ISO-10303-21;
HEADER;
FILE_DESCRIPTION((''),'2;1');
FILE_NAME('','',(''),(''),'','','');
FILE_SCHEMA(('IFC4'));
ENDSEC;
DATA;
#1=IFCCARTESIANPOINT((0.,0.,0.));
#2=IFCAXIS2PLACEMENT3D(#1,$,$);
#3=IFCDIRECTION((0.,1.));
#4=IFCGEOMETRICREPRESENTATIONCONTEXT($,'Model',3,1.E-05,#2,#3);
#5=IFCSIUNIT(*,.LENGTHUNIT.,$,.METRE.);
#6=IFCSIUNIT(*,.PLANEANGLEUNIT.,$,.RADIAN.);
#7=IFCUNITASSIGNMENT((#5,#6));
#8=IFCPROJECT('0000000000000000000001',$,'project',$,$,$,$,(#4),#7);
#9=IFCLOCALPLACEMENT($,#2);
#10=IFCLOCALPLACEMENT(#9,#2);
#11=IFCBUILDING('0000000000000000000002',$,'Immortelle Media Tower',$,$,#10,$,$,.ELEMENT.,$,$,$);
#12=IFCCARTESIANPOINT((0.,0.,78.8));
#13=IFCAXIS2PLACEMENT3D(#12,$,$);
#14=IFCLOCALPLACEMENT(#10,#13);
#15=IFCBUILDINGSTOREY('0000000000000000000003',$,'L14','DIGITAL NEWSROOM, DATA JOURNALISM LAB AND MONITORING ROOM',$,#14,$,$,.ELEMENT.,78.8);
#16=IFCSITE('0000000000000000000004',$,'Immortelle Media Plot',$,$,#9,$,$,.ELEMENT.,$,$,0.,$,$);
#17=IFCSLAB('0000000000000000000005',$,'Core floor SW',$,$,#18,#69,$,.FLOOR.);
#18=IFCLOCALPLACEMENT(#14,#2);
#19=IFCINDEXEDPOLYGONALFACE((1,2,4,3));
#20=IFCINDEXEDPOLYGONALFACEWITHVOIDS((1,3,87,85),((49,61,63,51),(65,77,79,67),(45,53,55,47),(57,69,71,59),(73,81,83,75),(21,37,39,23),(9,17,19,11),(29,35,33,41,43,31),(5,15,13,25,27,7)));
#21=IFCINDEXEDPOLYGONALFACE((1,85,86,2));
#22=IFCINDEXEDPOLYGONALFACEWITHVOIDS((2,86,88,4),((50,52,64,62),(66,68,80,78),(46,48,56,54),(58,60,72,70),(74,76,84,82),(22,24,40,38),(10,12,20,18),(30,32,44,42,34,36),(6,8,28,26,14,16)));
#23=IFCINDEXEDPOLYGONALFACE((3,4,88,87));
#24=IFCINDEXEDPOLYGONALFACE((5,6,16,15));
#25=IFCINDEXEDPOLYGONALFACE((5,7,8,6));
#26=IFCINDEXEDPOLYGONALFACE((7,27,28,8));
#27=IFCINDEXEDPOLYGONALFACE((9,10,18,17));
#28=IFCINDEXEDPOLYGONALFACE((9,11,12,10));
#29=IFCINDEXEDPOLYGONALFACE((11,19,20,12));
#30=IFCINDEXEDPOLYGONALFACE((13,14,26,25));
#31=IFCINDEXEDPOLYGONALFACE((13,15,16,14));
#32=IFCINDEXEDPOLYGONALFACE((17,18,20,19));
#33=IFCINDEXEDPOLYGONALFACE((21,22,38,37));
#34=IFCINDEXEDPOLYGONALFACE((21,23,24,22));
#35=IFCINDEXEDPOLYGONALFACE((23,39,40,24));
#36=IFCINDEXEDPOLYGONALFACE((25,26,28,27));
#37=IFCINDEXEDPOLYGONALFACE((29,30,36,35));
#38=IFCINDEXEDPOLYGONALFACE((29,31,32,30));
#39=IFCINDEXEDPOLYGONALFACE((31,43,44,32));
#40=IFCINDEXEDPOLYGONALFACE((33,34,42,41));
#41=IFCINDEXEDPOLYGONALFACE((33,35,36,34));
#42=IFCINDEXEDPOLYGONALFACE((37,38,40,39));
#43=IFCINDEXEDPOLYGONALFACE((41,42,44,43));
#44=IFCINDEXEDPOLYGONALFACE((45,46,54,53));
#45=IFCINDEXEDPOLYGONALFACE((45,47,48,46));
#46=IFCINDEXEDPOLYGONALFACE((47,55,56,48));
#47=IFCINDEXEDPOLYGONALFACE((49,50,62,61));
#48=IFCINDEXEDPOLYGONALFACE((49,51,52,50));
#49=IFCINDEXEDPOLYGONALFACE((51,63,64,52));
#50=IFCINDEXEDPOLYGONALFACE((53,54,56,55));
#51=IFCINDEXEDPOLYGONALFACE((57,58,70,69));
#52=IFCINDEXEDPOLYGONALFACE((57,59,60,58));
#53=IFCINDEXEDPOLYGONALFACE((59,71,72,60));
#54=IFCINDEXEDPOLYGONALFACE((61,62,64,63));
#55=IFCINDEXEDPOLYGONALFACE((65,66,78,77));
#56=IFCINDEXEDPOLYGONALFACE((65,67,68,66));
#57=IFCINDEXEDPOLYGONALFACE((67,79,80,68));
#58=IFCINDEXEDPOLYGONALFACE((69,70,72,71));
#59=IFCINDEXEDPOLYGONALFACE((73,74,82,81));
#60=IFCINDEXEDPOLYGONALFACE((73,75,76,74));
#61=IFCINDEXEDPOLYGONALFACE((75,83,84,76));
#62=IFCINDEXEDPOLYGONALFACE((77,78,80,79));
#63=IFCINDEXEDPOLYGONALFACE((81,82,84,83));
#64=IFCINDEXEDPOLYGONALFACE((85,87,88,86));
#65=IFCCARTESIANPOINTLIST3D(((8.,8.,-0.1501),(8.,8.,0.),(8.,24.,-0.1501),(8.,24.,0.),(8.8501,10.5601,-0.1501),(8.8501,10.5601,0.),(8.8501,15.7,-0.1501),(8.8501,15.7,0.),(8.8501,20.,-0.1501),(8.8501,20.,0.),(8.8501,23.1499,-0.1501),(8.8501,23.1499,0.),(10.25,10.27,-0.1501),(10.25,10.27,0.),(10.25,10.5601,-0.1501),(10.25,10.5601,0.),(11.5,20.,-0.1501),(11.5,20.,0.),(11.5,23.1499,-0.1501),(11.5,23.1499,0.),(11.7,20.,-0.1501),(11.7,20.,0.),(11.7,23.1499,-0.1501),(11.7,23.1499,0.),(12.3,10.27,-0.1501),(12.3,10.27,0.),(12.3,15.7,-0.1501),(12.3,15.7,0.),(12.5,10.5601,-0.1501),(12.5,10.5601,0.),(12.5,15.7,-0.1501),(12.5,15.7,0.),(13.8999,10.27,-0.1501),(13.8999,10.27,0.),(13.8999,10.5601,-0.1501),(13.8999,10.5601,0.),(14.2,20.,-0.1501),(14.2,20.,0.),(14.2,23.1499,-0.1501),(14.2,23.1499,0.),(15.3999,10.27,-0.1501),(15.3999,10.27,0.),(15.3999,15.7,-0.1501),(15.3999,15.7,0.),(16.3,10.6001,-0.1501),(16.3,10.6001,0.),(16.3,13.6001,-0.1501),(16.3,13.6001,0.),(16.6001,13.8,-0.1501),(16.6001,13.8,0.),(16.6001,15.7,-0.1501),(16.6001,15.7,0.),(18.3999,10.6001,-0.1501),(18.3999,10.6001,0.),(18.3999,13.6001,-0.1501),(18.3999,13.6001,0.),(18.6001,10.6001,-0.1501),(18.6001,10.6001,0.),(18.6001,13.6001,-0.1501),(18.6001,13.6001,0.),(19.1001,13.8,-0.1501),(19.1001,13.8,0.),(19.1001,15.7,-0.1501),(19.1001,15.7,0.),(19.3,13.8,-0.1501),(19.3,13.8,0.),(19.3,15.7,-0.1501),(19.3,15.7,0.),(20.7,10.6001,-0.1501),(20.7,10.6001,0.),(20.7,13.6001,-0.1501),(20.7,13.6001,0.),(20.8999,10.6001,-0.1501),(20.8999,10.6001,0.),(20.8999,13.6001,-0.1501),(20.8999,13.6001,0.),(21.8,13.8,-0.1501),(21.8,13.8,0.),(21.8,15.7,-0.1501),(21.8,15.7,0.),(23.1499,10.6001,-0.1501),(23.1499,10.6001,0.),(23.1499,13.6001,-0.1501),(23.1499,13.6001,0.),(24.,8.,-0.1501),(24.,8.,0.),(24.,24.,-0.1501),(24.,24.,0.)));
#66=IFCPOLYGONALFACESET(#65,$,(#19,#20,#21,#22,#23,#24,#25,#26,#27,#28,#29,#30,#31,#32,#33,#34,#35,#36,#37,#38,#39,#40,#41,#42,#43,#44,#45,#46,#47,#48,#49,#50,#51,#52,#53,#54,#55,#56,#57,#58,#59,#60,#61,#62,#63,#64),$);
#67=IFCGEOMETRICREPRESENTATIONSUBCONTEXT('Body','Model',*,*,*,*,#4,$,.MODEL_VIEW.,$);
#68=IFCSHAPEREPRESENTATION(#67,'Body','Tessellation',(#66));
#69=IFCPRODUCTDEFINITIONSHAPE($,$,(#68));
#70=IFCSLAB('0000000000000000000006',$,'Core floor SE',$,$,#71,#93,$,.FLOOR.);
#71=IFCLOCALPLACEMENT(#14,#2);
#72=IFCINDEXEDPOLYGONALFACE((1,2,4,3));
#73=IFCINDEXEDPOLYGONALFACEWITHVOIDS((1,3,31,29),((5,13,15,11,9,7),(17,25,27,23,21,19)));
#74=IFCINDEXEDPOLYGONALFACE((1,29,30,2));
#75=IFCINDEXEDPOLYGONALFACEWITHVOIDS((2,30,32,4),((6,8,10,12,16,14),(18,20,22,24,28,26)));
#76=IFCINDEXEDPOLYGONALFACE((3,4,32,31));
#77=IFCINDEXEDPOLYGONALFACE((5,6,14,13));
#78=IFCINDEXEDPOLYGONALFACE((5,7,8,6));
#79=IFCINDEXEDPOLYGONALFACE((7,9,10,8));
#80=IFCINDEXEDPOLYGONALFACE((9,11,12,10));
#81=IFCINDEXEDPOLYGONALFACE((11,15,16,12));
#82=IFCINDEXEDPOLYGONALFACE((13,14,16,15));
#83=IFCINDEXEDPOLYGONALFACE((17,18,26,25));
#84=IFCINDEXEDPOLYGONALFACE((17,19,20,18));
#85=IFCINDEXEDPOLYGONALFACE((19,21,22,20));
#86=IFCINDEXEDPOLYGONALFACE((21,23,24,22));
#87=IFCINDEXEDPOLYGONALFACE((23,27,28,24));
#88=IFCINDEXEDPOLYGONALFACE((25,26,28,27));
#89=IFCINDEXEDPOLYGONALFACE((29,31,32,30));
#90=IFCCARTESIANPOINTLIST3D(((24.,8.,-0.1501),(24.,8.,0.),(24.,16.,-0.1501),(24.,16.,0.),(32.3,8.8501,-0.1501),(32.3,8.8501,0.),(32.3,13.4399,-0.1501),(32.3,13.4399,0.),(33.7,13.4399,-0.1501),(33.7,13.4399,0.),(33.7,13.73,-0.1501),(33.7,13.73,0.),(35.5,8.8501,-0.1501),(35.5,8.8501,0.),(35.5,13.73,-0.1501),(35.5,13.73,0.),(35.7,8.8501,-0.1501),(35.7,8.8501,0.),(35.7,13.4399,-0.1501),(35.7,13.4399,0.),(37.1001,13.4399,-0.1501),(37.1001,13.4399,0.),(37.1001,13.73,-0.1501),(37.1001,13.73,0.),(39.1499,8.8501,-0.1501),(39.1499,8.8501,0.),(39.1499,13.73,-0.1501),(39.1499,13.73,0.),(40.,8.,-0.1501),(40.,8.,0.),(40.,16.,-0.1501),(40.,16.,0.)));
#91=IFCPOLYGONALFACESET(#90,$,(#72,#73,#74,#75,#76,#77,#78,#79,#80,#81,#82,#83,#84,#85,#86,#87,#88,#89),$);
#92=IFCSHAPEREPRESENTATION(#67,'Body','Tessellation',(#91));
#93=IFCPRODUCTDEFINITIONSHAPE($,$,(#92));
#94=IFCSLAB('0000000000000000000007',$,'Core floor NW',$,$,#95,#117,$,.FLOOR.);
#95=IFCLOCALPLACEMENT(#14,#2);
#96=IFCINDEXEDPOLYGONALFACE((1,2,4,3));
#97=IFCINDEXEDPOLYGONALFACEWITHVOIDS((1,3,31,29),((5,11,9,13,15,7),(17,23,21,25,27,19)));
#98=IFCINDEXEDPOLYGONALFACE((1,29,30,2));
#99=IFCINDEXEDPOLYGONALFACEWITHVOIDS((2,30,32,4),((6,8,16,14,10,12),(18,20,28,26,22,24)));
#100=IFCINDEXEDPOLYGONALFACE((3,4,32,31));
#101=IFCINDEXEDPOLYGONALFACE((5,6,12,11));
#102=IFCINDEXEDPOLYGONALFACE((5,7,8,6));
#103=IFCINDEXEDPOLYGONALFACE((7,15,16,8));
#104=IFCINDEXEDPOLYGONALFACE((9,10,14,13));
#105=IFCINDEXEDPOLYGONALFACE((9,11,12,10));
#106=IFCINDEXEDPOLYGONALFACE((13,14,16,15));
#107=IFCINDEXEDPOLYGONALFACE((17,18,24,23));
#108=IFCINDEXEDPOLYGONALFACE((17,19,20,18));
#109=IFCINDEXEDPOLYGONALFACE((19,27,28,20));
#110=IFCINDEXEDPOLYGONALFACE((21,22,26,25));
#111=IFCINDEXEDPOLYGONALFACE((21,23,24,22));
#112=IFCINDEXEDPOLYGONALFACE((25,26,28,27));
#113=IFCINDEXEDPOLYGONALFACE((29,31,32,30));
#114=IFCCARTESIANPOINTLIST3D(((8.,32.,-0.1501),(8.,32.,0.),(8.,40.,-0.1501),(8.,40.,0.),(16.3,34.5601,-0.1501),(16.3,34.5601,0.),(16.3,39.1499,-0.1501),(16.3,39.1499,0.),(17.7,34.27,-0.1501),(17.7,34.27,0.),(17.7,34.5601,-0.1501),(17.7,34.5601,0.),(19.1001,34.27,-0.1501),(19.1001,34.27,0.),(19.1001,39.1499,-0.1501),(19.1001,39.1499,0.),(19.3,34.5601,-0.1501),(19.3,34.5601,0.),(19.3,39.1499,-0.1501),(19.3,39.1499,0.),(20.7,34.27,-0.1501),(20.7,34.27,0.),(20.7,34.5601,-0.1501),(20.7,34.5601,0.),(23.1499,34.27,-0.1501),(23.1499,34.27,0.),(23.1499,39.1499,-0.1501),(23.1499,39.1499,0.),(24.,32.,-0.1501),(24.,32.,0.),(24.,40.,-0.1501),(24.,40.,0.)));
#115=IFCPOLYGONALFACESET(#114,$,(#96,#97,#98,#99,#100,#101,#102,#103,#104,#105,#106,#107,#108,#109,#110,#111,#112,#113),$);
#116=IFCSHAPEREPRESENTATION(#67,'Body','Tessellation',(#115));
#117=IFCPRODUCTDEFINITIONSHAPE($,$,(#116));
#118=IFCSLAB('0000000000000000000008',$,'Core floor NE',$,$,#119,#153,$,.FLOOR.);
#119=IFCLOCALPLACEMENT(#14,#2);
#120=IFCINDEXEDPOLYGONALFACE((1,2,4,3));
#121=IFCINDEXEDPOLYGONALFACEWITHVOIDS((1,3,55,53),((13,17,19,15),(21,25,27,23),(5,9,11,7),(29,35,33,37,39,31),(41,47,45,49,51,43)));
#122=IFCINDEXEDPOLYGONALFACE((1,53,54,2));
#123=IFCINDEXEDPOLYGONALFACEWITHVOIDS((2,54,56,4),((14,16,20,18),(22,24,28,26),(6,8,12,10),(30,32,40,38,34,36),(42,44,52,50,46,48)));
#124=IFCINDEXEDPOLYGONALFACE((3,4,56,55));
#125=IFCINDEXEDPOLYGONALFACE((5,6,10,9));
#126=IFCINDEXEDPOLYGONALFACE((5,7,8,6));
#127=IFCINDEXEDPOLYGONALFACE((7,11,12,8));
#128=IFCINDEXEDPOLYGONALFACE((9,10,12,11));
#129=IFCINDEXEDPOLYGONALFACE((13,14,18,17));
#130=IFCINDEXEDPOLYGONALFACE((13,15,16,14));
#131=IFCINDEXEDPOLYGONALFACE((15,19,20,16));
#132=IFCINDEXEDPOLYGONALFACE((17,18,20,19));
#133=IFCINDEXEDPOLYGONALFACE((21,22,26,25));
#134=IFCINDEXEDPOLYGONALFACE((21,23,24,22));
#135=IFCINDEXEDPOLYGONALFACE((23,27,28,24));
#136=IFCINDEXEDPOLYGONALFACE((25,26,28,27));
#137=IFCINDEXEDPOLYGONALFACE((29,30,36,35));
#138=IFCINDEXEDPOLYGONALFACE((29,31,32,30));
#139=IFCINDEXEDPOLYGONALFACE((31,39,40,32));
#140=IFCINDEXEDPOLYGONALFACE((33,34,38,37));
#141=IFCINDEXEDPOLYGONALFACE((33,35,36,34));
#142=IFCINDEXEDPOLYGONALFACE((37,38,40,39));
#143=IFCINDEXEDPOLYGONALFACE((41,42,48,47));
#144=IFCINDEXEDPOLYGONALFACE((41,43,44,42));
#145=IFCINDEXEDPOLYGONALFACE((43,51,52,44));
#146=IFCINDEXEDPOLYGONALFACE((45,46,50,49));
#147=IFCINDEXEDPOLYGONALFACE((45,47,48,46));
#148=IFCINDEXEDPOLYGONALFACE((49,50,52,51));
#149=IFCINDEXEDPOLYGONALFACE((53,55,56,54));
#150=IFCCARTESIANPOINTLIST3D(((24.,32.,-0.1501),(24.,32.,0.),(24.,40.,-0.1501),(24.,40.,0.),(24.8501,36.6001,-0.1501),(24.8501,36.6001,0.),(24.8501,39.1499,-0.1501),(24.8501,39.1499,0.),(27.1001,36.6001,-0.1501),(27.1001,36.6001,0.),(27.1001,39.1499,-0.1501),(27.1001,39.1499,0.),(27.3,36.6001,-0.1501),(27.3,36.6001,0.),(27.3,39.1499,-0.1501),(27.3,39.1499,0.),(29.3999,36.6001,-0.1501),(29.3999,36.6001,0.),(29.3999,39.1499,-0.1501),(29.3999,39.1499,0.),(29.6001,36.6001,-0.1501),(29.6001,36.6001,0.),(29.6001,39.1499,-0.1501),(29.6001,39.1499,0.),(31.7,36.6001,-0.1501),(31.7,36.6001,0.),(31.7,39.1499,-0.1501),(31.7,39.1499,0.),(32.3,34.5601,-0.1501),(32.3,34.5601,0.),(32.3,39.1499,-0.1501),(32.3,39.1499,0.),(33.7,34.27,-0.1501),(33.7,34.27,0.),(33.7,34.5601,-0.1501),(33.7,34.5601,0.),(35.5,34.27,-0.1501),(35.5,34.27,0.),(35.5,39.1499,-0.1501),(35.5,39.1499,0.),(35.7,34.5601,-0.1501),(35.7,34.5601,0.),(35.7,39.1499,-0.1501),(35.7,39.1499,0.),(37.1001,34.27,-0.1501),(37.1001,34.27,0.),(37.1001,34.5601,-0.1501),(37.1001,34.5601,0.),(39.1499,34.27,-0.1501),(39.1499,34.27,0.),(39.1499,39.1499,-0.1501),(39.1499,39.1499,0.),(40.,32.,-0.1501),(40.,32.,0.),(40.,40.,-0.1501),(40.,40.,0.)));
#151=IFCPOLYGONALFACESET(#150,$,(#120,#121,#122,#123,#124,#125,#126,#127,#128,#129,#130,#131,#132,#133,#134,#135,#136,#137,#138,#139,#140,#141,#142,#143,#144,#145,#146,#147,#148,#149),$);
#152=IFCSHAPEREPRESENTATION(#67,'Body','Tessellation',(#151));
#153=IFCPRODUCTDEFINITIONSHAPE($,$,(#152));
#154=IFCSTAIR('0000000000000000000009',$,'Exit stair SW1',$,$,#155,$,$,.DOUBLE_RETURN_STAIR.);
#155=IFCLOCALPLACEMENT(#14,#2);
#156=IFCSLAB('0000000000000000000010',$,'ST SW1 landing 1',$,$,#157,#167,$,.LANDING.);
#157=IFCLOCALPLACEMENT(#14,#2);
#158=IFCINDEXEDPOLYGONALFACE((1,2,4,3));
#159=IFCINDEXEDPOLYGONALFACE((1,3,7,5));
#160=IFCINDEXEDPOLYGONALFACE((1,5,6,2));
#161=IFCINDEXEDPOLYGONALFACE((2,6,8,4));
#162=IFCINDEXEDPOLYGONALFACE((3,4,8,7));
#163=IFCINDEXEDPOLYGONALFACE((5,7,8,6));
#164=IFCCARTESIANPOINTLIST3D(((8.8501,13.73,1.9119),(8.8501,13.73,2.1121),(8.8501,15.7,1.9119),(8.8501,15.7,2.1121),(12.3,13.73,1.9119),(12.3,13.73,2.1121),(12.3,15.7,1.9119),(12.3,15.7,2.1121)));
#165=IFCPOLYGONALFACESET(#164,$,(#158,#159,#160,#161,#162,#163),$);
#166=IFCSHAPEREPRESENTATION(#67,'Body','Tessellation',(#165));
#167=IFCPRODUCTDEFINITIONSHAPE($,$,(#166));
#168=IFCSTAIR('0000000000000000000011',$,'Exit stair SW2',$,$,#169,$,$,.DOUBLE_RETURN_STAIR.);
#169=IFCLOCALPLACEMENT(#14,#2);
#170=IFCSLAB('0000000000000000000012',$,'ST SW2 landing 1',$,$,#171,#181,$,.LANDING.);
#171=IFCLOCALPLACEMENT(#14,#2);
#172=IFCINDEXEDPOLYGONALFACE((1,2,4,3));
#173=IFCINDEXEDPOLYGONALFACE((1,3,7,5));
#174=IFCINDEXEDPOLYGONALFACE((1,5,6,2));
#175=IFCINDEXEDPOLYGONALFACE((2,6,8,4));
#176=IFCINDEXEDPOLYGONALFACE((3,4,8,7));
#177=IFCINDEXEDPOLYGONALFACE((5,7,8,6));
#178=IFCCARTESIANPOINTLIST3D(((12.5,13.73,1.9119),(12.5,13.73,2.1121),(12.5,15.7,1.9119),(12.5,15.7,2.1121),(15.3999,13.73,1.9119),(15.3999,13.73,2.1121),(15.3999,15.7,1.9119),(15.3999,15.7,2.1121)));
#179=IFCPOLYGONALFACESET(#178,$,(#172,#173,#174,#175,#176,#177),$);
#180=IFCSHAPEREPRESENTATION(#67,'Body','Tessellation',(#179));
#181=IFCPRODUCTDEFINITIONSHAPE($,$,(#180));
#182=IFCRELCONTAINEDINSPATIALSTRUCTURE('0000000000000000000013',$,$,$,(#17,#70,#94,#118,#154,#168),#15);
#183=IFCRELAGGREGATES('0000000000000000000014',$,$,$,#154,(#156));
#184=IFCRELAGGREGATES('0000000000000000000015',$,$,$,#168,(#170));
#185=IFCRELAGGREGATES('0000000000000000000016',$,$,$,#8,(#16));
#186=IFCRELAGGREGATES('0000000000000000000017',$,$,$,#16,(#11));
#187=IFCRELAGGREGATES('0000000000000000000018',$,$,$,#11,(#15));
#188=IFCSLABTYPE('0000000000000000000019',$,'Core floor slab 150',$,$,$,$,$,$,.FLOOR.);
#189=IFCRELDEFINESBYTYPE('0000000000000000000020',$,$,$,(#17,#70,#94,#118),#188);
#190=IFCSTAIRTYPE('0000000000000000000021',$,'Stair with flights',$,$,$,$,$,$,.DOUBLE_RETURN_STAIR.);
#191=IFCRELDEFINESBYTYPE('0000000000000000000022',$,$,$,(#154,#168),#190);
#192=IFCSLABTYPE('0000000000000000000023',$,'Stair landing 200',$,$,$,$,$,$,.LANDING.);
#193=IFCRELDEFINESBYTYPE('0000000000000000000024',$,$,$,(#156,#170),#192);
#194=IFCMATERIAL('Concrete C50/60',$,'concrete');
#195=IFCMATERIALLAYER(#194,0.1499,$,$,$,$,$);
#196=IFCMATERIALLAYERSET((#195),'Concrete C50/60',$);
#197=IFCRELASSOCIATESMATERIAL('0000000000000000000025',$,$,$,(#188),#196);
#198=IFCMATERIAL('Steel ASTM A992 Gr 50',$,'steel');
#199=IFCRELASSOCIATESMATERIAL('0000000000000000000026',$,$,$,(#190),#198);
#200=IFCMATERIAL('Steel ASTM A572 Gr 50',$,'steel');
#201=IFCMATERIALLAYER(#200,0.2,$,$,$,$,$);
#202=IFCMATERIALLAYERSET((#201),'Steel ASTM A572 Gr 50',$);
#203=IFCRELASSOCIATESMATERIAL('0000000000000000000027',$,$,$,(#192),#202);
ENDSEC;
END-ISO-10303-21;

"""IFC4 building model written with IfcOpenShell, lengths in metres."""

from ifc_helpers import new_model, si_unit, direction, frame, origin, place, context, subcontext, project, spatial, polyline, outline, extrude, material, layer, layer_set, type_object, element, aggregate, save


model = new_model("IFC4")

# Units and contexts
model_context = context("Model", 3, precision=1e-05, world=origin(), true_north=direction((0.0, 1.0)))
body_context = subcontext(model_context, "Body", "Model", "MODEL_VIEW")
ifc_project = project(units=[si_unit("LENGTHUNIT", "METRE"), si_unit("PLANEANGLEUNIT", "RADIAN")], contexts=[model_context])

# Site, building, storey
site_placement = place(None, origin())
site = spatial("IfcSite", under=ifc_project, at=site_placement, Name="Immortelle Media Plot", CompositionType="ELEMENT", RefElevation=0.0)
building_placement = place(site_placement, origin())
building = spatial("IfcBuilding", under=site, at=building_placement, Name="Immortelle Media Tower", CompositionType="ELEMENT")
storey_placement = place(building_placement, frame((0.0, 0.0, 78.8)))
storey = spatial("IfcBuildingStorey", under=building, at=storey_placement, Name="L14", Description="DIGITAL NEWSROOM, DATA JOURNALISM LAB AND MONITORING ROOM", CompositionType="ELEMENT", Elevation=78.8)

# Slabs
ifc_material_1 = material(Name="Concrete C50/60", Category="concrete")
ifc_layer_1 = layer(ifc_material_1, 0.1499)
ifc_layer_set_1 = layer_set([ifc_layer_1], Name="Concrete C50/60")
slab_type_1 = type_object("IfcSlabType", Name="Core floor slab 150", PredefinedType="FLOOR", material=ifc_layer_set_1)
slab_1_placement = place(storey_placement, frame((0.0, 0.0, -0.1501)))
element("IfcSlab", 1, at=slab_1_placement, inside=storey, type_object=slab_type_1, Name="Core floor SW", PredefinedType="FLOOR", context=body_context, shape_type="SweptSolid", body=[
    extrude(outline(polyline([(8.0, 8.0), (24.0, 8.0), (24.0, 24.0), (8.0, 24.0), (8.0, 8.0)]), holes=[polyline([(8.8501, 20.0), (11.5, 20.0), (11.5, 23.1499), (8.8501, 23.1499), (8.8501, 20.0)]), polyline([(11.7, 20.0), (14.2, 20.0), (14.2, 23.1499), (11.7, 23.1499), (11.7, 20.0)]), polyline([(16.6001, 13.8), (19.1001, 13.8), (19.1001, 15.7), (16.6001, 15.7), (16.6001, 13.8)]), polyline([(19.3, 13.8), (21.8, 13.8), (21.8, 15.7), (19.3, 15.7), (19.3, 13.8)]), polyline([(16.3, 10.6001), (18.3999, 10.6001), (18.3999, 13.6001), (16.3, 13.6001), (16.3, 10.6001)]), polyline([(18.6001, 10.6001), (20.7, 10.6001), (20.7, 13.6001), (18.6001, 13.6001), (18.6001, 10.6001)]), polyline([(20.8999, 10.6001), (23.1499, 10.6001), (23.1499, 13.6001), (20.8999, 13.6001), (20.8999, 10.6001)]), polyline([(8.8501, 15.7), (12.3, 15.7), (12.3, 10.27), (10.25, 10.27), (10.25, 10.5601), (8.8501, 10.5601), (8.8501, 15.7)]), polyline([(12.5, 15.7), (15.3999, 15.7), (15.3999, 10.27), (13.8999, 10.27), (13.8999, 10.5601), (12.5, 10.5601), (12.5, 15.7)])]), origin(), (0.0, 0.0, 1.0), 0.1501),
])
slab_2_placement = place(storey_placement, frame((0.0, 0.0, -0.1501)))
element("IfcSlab", 2, at=slab_2_placement, inside=storey, type_object=slab_type_1, Name="Core floor SE", PredefinedType="FLOOR", context=body_context, shape_type="SweptSolid", body=[
    extrude(outline(polyline([(24.0, 8.0), (40.0, 8.0), (40.0, 16.0), (24.0, 16.0), (24.0, 8.0)]), holes=[polyline([(35.5, 13.73), (35.5, 8.8501), (32.3, 8.8501), (32.3, 13.4399), (33.7, 13.4399), (33.7, 13.73), (35.5, 13.73)]), polyline([(39.1499, 13.73), (39.1499, 8.8501), (35.7, 8.8501), (35.7, 13.4399), (37.1001, 13.4399), (37.1001, 13.73), (39.1499, 13.73)])]), origin(), (0.0, 0.0, 1.0), 0.1501),
])
slab_3_placement = place(storey_placement, frame((0.0, 0.0, -0.1501)))
element("IfcSlab", 3, at=slab_3_placement, inside=storey, type_object=slab_type_1, Name="Core floor NW", PredefinedType="FLOOR", context=body_context, shape_type="SweptSolid", body=[
    extrude(outline(polyline([(8.0, 32.0), (24.0, 32.0), (24.0, 40.0), (8.0, 40.0), (8.0, 32.0)]), holes=[polyline([(16.3, 39.1499), (19.1001, 39.1499), (19.1001, 34.27), (17.7, 34.27), (17.7, 34.5601), (16.3, 34.5601), (16.3, 39.1499)]), polyline([(19.3, 39.1499), (23.1499, 39.1499), (23.1499, 34.27), (20.7, 34.27), (20.7, 34.5601), (19.3, 34.5601), (19.3, 39.1499)])]), origin(), (0.0, 0.0, 1.0), 0.1501),
])
slab_4_placement = place(storey_placement, frame((0.0, 0.0, -0.1501)))
element("IfcSlab", 4, at=slab_4_placement, inside=storey, type_object=slab_type_1, Name="Core floor NE", PredefinedType="FLOOR", context=body_context, shape_type="SweptSolid", body=[
    extrude(outline(polyline([(24.0, 32.0), (40.0, 32.0), (40.0, 40.0), (24.0, 40.0), (24.0, 32.0)]), holes=[polyline([(24.8501, 36.6001), (27.1001, 36.6001), (27.1001, 39.1499), (24.8501, 39.1499), (24.8501, 36.6001)]), polyline([(27.3, 36.6001), (29.3999, 36.6001), (29.3999, 39.1499), (27.3, 39.1499), (27.3, 36.6001)]), polyline([(29.6001, 36.6001), (31.7, 36.6001), (31.7, 39.1499), (29.6001, 39.1499), (29.6001, 36.6001)]), polyline([(32.3, 39.1499), (35.5, 39.1499), (35.5, 34.27), (33.7, 34.27), (33.7, 34.5601), (32.3, 34.5601), (32.3, 39.1499)]), polyline([(35.7, 39.1499), (39.1499, 39.1499), (39.1499, 34.27), (37.1001, 34.27), (37.1001, 34.5601), (35.7, 34.5601), (35.7, 39.1499)])]), origin(), (0.0, 0.0, 1.0), 0.1501),
])

# Stairs, slabs
ifc_material_2 = material(Name="Steel ASTM A992 Gr 50", Category="steel")
stair_type = type_object("IfcStairType", Name="Stair with flights", PredefinedType="DOUBLE_RETURN_STAIR", material=ifc_material_2)
stair_1_placement = place(storey_placement, origin())
stair_1 = element("IfcStair", 5, at=stair_1_placement, inside=storey, type_object=stair_type, Name="Exit stair SW1", PredefinedType="DOUBLE_RETURN_STAIR")
ifc_material_3 = material(Name="Steel ASTM A572 Gr 50", Category="steel")
ifc_layer_2 = layer(ifc_material_3, 0.2)
ifc_layer_set_2 = layer_set([ifc_layer_2], Name="Steel ASTM A572 Gr 50")
slab_type_2 = type_object("IfcSlabType", Name="Stair landing 200", PredefinedType="LANDING", material=ifc_layer_set_2)
slab_5_placement = place(storey_placement, frame((0.0, 0.0, 1.9119)))
slab_5 = element("IfcSlab", 6, at=slab_5_placement, type_object=slab_type_2, Name="ST SW1 landing 1", PredefinedType="LANDING", context=body_context, shape_type="SweptSolid", body=[
    extrude(outline(polyline([(8.8501, 13.73), (12.3, 13.73), (12.3, 15.7), (8.8501, 15.7), (8.8501, 13.73)])), origin(), (0.0, 0.0, 1.0), 0.2002),
])
aggregate(stair_1, [slab_5])
stair_2_placement = place(storey_placement, origin())
stair_2 = element("IfcStair", 7, at=stair_2_placement, inside=storey, type_object=stair_type, Name="Exit stair SW2", PredefinedType="DOUBLE_RETURN_STAIR")
slab_6_placement = place(storey_placement, frame((0.0, 0.0, 1.9119)))
slab_6 = element("IfcSlab", 8, at=slab_6_placement, type_object=slab_type_2, Name="ST SW2 landing 1", PredefinedType="LANDING", context=body_context, shape_type="SweptSolid", body=[
    extrude(outline(polyline([(12.5, 13.73), (15.3999, 13.73), (15.3999, 15.7), (12.5, 15.7), (12.5, 13.73)])), origin(), (0.0, 0.0, 1.0), 0.2002),
])
aggregate(stair_2, [slab_6])

save(model, "model.ifc")
